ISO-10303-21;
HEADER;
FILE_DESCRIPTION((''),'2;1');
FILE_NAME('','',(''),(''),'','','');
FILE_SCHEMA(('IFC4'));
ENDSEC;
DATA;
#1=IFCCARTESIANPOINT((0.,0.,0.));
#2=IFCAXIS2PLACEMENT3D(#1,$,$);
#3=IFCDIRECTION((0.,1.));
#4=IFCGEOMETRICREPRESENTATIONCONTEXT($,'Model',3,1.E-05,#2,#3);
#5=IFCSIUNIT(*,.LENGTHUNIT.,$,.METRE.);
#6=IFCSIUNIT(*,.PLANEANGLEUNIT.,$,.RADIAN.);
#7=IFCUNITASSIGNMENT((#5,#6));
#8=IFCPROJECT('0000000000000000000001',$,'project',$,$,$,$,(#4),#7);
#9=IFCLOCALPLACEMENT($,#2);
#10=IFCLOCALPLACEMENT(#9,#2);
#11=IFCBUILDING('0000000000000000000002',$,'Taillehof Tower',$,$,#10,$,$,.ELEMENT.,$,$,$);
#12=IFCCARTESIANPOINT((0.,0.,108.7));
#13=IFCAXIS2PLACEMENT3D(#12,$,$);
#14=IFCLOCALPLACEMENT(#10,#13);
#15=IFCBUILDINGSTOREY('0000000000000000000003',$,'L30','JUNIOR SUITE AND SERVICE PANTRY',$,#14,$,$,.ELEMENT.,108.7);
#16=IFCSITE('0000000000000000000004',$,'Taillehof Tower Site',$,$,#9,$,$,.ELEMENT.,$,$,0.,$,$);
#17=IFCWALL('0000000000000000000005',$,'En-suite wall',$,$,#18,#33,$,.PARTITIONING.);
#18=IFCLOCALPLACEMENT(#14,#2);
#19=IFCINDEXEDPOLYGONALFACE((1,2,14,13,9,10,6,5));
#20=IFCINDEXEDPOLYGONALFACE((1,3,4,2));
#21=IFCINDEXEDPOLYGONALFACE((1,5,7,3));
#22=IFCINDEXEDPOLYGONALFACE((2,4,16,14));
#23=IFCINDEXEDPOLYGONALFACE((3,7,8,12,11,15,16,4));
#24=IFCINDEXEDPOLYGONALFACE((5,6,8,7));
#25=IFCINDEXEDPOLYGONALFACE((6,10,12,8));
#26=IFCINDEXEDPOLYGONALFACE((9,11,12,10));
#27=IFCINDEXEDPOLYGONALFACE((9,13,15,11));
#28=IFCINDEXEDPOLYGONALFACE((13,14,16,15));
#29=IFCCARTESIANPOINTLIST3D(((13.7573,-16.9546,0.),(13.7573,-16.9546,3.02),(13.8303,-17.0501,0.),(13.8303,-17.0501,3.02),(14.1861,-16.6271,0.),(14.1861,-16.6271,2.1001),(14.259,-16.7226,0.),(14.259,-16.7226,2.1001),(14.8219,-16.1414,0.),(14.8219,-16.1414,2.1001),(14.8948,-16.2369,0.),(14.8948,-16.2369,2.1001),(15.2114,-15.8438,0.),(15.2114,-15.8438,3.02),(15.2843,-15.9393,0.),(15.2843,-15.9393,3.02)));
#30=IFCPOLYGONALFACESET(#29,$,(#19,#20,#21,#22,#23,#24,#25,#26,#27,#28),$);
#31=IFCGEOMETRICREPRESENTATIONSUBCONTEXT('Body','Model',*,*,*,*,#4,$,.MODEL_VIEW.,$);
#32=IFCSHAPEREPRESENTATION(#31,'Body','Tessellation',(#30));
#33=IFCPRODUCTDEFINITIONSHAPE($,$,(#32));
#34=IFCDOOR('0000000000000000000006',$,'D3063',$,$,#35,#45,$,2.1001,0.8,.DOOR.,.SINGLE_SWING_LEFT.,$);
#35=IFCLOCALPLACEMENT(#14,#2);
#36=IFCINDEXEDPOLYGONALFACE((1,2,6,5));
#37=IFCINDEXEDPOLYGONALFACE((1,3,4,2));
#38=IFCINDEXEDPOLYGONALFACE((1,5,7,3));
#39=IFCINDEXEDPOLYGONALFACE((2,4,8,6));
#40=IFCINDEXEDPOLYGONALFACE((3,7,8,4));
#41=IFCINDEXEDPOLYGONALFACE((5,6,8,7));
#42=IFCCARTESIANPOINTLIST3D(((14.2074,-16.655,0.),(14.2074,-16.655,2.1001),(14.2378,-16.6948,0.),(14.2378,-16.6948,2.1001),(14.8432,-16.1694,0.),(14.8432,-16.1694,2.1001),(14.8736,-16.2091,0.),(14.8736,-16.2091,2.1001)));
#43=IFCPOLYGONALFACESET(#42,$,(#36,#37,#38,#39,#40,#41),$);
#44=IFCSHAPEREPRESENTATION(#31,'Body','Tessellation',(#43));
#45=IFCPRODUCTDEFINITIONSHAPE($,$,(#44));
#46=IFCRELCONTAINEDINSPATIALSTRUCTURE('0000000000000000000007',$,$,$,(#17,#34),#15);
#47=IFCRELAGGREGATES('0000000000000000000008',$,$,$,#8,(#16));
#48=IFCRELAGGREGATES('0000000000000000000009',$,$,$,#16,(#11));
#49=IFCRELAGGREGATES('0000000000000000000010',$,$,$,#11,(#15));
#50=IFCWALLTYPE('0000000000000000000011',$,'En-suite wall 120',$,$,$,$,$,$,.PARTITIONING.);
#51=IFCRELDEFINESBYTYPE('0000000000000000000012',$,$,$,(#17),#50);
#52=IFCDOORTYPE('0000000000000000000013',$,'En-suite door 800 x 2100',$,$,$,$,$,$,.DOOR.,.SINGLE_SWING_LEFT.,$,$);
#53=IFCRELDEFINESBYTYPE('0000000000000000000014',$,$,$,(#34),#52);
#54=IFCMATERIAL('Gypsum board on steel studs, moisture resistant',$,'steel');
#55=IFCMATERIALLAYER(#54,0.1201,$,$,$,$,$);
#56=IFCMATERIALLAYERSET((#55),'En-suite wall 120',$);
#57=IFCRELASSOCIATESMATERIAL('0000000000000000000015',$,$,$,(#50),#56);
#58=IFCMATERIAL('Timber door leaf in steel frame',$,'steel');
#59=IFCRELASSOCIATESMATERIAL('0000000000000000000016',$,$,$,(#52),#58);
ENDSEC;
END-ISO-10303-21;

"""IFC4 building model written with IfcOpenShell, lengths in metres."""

from ifc_helpers import new_model, si_unit, direction, frame, frame_2d, origin, place, context, subcontext, project, spatial, rectangle, extrude, material, layer, layer_set, type_object, element, fill, save


model = new_model("IFC4")

# Units and contexts
model_context = context("Model", 3, precision=1e-05, world=origin(), true_north=direction((0.0, 1.0)))
body_context = subcontext(model_context, "Body", "Model", "MODEL_VIEW")
ifc_project = project(units=[si_unit("LENGTHUNIT", "METRE"), si_unit("PLANEANGLEUNIT", "RADIAN")], contexts=[model_context])

# Site, building, storey
site_placement = place(None, origin())
site = spatial("IfcSite", under=ifc_project, at=site_placement, Name="Taillehof Tower Site", CompositionType="ELEMENT", RefElevation=0.0)
building_placement = place(site_placement, origin())
building = spatial("IfcBuilding", under=site, at=building_placement, Name="Taillehof Tower", CompositionType="ELEMENT")
storey_placement = place(building_placement, frame((0.0, 0.0, 108.7)))
storey = spatial("IfcBuildingStorey", under=building, at=storey_placement, Name="L30", Description="JUNIOR SUITE AND SERVICE PANTRY", CompositionType="ELEMENT", Elevation=108.7)

# Shared definitions
ifc_material_1 = material(Name="Gypsum board on steel studs, moisture resistant", Category="steel")
ifc_layer_1 = layer(ifc_material_1, 0.1201)
ifc_layer_set_1 = layer_set([ifc_layer_1], Name="En-suite wall 120")
wall_type_1 = type_object("IfcWallType", Name="En-suite wall 120", PredefinedType="PARTITIONING", material=ifc_layer_set_1)

# Wall, opening, door
wall_1_placement = place(storey_placement, frame((13.7937, -17.0024, 0.0), z_axis=(0.0, 0.0, 1.0), x_axis=(0.794653, 0.607064, 0.0)))
wall_1 = element("IfcWall", 1, at=wall_1_placement, inside=storey, type_object=wall_type_1, Name="En-suite wall", PredefinedType="PARTITIONING", context=body_context, shape_type="SweptSolid", body=[
    extrude(rectangle(XDim=1.8298, YDim=0.1201, at=frame_2d((0.915, 0.0))), origin(), (0.0, 0.0, 1.0), 3.02),
])
opening_1_placement = place(wall_1_placement, frame((0.5398, 0.0, 0.0)))
opening_1 = element("IfcOpeningElement", 2, at=opening_1_placement, cuts=wall_1, PredefinedType="OPENING", context=body_context, shape_type="SweptSolid", body=[
    extrude(rectangle(XDim=0.8, YDim=2.1001, at=frame_2d((0.3999, 1.05))), frame((0.0, 0.0701, 0.0), z_axis=(0.0, -1.0, 0.0), x_axis=(1.0, 0.0, 0.0)), (0.0, 0.0, 1.0), 0.1401),
])
ifc_material_2 = material(Name="Timber door leaf in steel frame", Category="steel")
door_type_1 = type_object("IfcDoorType", Name="En-suite door 800 x 2100", OperationType="SINGLE_SWING_LEFT", PredefinedType="DOOR", material=ifc_material_2)
door_1_placement = place(opening_1_placement, origin())
door_1 = element("IfcDoor", 3, at=door_1_placement, inside=storey, type_object=door_type_1, Name="D3063", OperationType="SINGLE_SWING_LEFT", OverallHeight=2.1001, OverallWidth=0.8, PredefinedType="DOOR", context=body_context, shape_type="SweptSolid", body=[
    extrude(rectangle(XDim=0.8, YDim=2.1001, at=frame_2d((0.3999, 1.05))), frame((0.0, 0.0249, 0.0), z_axis=(0.0, -1.0, 0.0), x_axis=(1.0, 0.0, 0.0)), (0.0, 0.0, 1.0), 0.05),
])
fill(opening_1, door_1)

save(model, "model.ifc")
